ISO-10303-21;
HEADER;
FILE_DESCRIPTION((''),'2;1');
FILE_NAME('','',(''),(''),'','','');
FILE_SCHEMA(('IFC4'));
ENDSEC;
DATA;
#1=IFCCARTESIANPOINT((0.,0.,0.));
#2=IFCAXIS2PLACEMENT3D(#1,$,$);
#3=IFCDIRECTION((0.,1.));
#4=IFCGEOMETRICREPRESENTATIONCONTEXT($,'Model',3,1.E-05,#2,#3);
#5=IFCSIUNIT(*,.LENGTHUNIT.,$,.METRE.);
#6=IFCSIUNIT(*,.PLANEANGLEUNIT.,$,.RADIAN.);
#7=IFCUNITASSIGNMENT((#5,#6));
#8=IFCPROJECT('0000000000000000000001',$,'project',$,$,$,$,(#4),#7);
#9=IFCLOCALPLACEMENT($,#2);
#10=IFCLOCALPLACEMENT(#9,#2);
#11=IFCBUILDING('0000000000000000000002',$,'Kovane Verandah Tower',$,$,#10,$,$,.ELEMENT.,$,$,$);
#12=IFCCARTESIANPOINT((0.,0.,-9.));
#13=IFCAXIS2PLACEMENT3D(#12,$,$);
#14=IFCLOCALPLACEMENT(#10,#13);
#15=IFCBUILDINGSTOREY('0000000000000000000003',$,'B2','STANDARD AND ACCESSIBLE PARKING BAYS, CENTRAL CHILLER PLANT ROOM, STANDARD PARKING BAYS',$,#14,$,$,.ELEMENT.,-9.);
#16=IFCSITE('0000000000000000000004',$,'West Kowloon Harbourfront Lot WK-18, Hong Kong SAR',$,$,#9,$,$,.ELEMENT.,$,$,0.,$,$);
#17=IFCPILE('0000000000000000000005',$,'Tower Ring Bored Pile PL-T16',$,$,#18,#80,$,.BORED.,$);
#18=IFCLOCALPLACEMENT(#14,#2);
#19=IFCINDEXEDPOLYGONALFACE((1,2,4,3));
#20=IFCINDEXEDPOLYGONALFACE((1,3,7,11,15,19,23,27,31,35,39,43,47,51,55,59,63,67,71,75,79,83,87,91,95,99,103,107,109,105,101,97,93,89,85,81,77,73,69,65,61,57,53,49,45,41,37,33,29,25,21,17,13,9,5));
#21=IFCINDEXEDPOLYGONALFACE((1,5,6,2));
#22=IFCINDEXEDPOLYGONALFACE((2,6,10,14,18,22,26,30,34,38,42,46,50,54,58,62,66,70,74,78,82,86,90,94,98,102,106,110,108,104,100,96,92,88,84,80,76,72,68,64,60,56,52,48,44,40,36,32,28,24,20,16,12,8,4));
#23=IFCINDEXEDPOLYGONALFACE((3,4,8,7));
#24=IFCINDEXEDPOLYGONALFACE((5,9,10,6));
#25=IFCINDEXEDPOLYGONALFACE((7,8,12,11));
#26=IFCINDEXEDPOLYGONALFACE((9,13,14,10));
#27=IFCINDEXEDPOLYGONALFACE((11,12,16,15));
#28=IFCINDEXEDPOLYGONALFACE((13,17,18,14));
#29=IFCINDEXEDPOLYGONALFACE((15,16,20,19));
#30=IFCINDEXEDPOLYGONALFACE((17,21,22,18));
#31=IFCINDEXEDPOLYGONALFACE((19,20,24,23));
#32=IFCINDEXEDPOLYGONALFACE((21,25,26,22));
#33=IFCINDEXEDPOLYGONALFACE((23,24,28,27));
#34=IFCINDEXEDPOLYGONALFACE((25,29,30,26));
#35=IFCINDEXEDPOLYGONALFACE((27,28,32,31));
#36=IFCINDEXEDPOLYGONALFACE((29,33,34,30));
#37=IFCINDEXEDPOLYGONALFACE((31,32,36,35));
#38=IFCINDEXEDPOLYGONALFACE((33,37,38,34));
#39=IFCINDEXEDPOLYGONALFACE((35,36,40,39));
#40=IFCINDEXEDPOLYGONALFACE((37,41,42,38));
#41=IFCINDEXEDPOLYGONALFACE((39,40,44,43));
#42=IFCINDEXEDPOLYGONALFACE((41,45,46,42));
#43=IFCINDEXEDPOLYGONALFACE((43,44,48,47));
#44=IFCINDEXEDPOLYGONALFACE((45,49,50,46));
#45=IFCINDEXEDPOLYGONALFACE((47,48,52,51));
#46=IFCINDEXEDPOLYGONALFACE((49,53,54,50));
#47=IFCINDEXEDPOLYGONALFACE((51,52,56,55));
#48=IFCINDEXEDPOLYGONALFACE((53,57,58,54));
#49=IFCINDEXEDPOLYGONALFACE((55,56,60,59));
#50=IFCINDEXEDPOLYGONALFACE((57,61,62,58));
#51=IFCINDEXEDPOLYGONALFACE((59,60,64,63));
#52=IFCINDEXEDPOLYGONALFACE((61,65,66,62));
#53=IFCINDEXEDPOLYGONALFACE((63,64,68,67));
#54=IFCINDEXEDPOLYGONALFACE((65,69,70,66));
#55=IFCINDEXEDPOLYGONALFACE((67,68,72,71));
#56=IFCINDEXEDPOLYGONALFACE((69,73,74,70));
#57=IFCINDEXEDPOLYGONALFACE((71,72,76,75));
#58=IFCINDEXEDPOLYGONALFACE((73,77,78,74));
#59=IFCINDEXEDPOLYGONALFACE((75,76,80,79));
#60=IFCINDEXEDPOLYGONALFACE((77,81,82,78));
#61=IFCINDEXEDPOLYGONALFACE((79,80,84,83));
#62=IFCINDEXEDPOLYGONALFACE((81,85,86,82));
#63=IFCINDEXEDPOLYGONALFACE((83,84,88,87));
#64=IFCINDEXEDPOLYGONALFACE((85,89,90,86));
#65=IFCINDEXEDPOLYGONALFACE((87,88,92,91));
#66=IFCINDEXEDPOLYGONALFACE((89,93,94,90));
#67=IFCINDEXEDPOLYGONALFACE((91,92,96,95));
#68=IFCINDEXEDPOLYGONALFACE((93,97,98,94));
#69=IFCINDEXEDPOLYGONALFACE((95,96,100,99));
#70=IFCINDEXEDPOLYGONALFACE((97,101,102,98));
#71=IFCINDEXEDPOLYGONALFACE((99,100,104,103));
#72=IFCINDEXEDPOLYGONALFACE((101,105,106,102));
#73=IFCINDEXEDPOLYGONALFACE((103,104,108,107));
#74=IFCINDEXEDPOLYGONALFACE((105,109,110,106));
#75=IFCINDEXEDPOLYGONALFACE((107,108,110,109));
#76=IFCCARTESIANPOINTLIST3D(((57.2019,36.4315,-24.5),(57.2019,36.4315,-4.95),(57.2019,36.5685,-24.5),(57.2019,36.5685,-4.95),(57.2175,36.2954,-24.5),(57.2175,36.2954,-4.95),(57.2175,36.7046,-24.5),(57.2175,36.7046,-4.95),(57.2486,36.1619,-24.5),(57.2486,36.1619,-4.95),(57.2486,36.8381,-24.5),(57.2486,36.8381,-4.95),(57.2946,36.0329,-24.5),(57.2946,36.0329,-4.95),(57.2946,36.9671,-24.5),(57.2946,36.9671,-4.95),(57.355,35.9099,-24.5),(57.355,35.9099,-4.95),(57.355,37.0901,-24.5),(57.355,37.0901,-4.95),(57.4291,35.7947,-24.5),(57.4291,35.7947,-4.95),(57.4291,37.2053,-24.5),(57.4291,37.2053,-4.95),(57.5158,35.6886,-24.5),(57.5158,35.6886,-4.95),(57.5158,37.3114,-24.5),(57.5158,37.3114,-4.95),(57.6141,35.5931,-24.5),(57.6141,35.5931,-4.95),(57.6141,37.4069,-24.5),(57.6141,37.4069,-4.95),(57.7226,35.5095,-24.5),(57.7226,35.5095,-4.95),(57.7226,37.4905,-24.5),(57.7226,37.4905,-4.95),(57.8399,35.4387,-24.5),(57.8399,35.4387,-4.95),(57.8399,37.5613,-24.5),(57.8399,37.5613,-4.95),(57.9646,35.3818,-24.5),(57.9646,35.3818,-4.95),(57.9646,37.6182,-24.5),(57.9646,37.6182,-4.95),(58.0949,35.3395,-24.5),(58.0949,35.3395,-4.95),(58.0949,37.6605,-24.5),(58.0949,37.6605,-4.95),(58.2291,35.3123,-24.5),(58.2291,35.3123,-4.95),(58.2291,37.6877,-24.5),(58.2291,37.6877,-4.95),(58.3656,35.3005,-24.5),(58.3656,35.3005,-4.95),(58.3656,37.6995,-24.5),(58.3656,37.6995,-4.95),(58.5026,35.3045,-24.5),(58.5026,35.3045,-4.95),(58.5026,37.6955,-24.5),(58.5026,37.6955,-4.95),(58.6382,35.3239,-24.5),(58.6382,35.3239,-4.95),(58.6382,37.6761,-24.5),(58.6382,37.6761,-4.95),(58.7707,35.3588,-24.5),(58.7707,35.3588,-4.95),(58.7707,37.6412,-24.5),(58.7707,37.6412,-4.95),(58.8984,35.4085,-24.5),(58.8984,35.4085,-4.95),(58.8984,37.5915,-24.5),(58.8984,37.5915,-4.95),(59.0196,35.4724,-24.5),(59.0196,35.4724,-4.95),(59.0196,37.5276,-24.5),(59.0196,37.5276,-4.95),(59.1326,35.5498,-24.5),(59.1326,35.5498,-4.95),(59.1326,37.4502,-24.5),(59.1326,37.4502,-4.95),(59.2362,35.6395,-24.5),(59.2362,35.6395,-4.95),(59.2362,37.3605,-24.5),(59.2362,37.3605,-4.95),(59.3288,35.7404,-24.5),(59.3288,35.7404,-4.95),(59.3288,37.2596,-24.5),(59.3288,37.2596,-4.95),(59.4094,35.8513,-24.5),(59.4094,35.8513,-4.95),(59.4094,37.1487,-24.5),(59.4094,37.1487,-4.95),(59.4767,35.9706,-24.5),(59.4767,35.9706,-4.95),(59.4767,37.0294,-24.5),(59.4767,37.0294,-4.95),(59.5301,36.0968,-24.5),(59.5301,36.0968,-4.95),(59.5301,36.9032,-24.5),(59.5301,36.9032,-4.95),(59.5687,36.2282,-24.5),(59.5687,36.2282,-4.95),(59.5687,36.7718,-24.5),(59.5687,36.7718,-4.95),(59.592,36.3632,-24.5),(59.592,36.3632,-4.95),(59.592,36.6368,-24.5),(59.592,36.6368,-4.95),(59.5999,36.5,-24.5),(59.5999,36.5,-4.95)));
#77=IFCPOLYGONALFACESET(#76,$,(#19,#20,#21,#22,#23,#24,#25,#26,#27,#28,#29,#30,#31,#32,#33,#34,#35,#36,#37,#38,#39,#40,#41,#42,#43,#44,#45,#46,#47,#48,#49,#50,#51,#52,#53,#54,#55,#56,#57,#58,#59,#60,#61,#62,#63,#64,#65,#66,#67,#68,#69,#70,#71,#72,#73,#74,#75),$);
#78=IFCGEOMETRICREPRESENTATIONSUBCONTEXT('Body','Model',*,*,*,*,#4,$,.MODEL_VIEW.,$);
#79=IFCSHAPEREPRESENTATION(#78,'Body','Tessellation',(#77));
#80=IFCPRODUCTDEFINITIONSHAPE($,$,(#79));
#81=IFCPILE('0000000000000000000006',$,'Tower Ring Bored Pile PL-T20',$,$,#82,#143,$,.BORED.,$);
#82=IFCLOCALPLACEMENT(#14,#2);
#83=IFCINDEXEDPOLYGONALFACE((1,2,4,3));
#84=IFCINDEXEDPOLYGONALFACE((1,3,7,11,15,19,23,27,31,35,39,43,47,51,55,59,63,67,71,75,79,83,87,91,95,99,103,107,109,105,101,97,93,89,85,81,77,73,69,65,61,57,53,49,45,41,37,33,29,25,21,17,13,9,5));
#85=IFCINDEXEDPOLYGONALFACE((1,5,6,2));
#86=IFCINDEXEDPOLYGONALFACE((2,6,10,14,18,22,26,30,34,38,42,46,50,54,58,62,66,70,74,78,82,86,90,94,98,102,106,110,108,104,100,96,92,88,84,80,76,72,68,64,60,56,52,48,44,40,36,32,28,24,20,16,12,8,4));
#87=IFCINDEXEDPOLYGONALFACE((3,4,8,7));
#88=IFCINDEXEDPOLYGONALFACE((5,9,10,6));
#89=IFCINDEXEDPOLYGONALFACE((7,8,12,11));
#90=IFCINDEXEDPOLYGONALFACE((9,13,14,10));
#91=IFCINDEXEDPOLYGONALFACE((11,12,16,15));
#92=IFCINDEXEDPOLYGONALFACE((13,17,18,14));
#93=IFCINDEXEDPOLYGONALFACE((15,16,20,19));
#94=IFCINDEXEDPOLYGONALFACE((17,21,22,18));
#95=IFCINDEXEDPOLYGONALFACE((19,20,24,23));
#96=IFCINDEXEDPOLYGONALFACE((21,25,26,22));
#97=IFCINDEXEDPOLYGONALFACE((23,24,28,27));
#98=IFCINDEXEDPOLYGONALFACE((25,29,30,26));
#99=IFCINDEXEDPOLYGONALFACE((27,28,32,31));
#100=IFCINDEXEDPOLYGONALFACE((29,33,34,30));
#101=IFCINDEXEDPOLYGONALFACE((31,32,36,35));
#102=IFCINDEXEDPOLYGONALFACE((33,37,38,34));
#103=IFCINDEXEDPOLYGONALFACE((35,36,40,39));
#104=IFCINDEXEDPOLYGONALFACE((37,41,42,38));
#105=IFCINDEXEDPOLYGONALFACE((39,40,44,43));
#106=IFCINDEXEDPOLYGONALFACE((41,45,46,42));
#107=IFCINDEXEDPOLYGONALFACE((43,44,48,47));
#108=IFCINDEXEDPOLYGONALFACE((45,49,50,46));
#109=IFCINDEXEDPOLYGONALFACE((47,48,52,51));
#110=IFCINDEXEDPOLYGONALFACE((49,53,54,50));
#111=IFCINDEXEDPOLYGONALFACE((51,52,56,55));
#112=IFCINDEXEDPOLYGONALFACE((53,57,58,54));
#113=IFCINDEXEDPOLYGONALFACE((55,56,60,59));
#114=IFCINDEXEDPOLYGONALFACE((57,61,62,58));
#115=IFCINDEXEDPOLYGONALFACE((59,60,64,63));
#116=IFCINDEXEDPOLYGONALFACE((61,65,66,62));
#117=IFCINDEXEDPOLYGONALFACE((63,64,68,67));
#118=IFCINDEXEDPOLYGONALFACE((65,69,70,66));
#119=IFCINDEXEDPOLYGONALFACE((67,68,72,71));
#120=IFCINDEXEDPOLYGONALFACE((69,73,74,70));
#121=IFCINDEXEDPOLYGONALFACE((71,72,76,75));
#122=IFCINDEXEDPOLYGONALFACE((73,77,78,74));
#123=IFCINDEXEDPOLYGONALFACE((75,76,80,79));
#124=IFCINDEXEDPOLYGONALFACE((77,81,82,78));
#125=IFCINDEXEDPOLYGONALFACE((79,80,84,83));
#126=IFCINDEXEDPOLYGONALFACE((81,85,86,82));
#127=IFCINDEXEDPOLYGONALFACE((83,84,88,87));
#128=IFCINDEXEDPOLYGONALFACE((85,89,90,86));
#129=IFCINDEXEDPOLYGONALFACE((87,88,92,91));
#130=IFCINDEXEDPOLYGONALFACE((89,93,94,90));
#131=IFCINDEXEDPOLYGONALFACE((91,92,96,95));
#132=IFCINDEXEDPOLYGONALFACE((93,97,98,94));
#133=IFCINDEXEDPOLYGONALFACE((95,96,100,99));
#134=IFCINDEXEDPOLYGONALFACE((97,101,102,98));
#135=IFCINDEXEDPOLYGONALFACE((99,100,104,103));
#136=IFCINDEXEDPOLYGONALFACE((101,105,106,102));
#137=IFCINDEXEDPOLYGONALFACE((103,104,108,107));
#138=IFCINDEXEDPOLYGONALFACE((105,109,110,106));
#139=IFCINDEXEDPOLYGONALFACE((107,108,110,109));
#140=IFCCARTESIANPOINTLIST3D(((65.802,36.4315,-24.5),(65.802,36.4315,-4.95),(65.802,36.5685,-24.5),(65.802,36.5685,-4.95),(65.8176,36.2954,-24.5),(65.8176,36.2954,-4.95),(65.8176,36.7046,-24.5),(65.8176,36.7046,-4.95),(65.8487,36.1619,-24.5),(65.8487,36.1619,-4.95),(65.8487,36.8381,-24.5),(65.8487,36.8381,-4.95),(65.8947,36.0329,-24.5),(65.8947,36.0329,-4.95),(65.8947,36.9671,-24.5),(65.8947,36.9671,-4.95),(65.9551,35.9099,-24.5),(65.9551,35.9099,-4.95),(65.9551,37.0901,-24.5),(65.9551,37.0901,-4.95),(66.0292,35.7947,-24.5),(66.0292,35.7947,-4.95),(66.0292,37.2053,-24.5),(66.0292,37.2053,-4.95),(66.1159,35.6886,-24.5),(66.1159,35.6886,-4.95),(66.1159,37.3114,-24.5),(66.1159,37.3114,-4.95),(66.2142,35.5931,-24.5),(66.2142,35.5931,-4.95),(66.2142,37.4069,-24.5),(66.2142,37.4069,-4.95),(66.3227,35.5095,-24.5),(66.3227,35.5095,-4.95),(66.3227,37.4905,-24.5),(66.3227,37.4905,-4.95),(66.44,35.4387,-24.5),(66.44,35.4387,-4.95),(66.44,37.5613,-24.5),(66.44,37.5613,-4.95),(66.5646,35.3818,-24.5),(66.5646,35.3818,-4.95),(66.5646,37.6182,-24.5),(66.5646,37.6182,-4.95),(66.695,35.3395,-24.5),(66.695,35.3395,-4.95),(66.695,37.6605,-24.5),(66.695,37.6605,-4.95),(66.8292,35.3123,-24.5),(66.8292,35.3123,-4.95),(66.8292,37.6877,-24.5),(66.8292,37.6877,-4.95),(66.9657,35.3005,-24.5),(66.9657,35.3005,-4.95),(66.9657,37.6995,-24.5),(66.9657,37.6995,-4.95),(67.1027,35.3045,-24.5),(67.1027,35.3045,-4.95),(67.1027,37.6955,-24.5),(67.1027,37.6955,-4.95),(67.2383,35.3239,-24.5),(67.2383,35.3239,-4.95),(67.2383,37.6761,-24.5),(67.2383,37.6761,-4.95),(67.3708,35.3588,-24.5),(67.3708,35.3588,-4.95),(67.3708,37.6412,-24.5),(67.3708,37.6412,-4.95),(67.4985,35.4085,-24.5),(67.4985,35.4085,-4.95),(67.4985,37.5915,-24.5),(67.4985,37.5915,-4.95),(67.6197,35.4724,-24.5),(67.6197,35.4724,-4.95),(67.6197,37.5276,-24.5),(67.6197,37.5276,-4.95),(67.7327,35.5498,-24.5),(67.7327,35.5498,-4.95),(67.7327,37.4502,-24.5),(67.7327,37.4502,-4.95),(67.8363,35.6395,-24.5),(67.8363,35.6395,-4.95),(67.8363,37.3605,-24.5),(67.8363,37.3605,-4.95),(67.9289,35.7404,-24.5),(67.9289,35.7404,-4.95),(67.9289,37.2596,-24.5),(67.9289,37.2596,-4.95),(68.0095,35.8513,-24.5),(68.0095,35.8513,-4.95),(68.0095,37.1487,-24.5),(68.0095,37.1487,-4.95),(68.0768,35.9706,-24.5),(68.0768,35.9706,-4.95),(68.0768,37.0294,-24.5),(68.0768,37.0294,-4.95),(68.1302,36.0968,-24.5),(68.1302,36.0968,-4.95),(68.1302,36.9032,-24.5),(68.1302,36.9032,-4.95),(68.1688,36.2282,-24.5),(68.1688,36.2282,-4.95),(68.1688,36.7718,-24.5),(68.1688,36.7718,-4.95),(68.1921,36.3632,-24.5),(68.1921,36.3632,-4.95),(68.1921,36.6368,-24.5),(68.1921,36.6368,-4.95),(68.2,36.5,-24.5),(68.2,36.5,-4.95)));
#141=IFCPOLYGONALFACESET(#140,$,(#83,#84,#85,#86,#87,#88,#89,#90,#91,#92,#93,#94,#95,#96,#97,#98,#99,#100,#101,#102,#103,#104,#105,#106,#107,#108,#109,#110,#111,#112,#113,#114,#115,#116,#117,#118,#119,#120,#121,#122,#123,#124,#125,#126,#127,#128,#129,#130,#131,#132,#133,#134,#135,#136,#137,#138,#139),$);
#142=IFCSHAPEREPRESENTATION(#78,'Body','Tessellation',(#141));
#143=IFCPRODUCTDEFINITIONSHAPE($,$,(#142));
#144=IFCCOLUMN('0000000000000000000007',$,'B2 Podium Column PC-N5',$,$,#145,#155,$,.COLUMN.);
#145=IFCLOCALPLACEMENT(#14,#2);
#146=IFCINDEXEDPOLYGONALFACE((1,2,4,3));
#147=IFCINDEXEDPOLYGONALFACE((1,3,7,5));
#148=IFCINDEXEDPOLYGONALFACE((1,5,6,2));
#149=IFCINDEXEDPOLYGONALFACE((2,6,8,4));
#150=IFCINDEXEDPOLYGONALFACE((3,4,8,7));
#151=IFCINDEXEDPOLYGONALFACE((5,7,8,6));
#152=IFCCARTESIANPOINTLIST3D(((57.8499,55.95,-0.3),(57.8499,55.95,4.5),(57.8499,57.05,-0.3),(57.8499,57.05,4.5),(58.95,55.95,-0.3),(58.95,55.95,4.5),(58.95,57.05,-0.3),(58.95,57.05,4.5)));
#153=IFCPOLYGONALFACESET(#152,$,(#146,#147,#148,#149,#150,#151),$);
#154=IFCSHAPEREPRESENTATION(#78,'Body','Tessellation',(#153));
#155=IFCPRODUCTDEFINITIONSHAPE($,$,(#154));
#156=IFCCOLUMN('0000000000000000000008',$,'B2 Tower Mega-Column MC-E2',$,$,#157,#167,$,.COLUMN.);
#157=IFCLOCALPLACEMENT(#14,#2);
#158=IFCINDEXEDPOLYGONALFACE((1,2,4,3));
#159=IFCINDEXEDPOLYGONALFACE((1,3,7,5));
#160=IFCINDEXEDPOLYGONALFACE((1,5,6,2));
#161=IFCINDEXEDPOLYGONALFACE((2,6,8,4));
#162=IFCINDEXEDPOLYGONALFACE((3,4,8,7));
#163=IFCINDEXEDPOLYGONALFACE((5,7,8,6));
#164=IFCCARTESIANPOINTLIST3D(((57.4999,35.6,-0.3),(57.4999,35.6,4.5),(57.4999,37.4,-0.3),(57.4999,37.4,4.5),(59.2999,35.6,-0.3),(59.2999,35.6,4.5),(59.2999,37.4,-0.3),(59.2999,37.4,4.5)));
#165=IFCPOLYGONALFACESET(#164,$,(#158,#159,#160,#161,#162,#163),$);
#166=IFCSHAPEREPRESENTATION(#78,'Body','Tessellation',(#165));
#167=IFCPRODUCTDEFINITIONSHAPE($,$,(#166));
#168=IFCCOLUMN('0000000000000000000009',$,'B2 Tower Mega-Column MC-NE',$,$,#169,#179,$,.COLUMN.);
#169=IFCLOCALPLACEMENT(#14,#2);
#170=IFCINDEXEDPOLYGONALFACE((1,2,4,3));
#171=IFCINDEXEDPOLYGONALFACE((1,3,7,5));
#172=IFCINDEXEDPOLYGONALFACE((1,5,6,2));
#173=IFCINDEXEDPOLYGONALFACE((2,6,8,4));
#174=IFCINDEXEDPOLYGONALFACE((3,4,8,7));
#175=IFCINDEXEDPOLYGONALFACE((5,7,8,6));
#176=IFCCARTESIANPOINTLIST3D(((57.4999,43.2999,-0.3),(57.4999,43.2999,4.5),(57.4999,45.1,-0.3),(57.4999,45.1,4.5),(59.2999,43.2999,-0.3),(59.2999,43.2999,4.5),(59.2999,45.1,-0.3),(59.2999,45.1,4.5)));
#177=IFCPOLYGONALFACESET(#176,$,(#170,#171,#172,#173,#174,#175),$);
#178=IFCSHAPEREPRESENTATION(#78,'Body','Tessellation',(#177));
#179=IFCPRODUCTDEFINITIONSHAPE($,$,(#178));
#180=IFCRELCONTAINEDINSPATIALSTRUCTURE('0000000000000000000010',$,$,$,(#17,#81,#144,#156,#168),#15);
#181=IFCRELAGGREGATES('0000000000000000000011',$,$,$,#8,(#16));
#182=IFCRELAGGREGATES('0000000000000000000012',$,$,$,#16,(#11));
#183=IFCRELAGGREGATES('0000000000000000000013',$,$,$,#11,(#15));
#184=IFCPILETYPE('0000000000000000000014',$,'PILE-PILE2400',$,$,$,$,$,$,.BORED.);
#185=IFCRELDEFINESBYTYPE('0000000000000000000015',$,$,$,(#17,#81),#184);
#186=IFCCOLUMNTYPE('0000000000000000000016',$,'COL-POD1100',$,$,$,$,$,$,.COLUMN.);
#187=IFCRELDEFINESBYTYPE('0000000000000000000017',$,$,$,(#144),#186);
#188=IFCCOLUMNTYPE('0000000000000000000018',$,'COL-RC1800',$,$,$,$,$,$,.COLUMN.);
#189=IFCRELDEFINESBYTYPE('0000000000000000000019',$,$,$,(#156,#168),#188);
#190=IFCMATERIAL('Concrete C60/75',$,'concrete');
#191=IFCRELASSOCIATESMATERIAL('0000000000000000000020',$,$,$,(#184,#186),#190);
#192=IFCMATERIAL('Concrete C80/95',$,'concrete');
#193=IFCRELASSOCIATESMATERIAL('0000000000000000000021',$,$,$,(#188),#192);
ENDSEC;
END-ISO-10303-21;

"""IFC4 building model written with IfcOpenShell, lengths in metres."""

from ifc_helpers import new_model, si_unit, direction, frame, origin, origin_2d, place, context, subcontext, project, spatial, rectangle, circle, extrude, material, material_profile, profile_set, type_object, element, save


model = new_model("IFC4")

# Units and contexts
model_context = context("Model", 3, precision=1e-05, world=origin(), true_north=direction((0.0, 1.0)))
body_context = subcontext(model_context, "Body", "Model", "MODEL_VIEW")
ifc_project = project(units=[si_unit("LENGTHUNIT", "METRE"), si_unit("PLANEANGLEUNIT", "RADIAN")], contexts=[model_context])

# Site, building, storey
site_placement = place(None, origin())
site = spatial("IfcSite", under=ifc_project, at=site_placement, Name="West Kowloon Harbourfront Lot WK-18, Hong Kong SAR", CompositionType="ELEMENT", RefElevation=0.0)
building_placement = place(site_placement, origin())
building = spatial("IfcBuilding", under=site, at=building_placement, Name="Kovane Verandah Tower", CompositionType="ELEMENT")
storey_placement = place(building_placement, frame((0.0, 0.0, -9.0)))
storey = spatial("IfcBuildingStorey", under=building, at=storey_placement, Name="B2", Description="STANDARD AND ACCESSIBLE PARKING BAYS, CENTRAL CHILLER PLANT ROOM, STANDARD PARKING BAYS", CompositionType="ELEMENT", Elevation=-9.0)

# Shared definitions
ifc_material_1 = material(Name="Concrete C60/75", Category="concrete")

# Piles
ifc_material_profile_1 = material_profile(ifc_material_1, circle(Radius=1.2, at=origin_2d()), Name="PILE2400")
ifc_profile_set_1 = profile_set([ifc_material_profile_1], Name="Concrete C60/75")
pile_type_1 = type_object("IfcPileType", Name="PILE-PILE2400", PredefinedType="BORED", material=ifc_profile_set_1)
for number, where, z_axis, x_axis, name in (
    (1, (58.3999, 36.5, -4.95), (0.0, 0.0, -1.0), (1.0, 0.0, 0.0), "Tower Ring Bored Pile PL-T16"),
    (2, (67.0, 36.5, -4.95), (0.0, 0.0, -1.0), (1.0, 0.0, 0.0), "Tower Ring Bored Pile PL-T20"),
):
    element("IfcPile", number, at=place(storey_placement, frame(where, z_axis=z_axis, x_axis=x_axis)), inside=storey, type_object=pile_type_1, Name=name, PredefinedType="BORED", context=body_context, shape_type="SweptSolid", body=[
        extrude(circle(Radius=1.2, at=origin_2d()), origin(), (0.0, 0.0, 1.0), 19.55),
    ])

# Columns
ifc_material_profile_2 = material_profile(ifc_material_1, rectangle(XDim=1.1001, YDim=1.1001, at=origin_2d()), Name="RC1100x1100")
ifc_profile_set_2 = profile_set([ifc_material_profile_2], Name="Concrete C60/75")
column_type_1 = type_object("IfcColumnType", Name="COL-POD1100", PredefinedType="COLUMN", material=ifc_profile_set_2)
column_1_placement = place(storey_placement, frame((58.3999, 56.5, -0.3), z_axis=(0.0, 0.0, 1.0), x_axis=(1.0, 0.0, 0.0)))
element("IfcColumn", 3, at=column_1_placement, inside=storey, type_object=column_type_1, Name="B2 Podium Column PC-N5", PredefinedType="COLUMN", context=body_context, shape_type="SweptSolid", body=[
    extrude(rectangle(XDim=1.1001, YDim=1.1001, at=origin_2d()), origin(), (0.0, 0.0, 1.0), 4.8),
])
ifc_material_2 = material(Name="Concrete C80/95", Category="concrete")
ifc_material_profile_3 = material_profile(ifc_material_2, rectangle(XDim=1.8, YDim=1.8, at=origin_2d()), Name="RC1800x1800")
ifc_profile_set_3 = profile_set([ifc_material_profile_3], Name="Concrete C80/95")
column_type_2 = type_object("IfcColumnType", Name="COL-RC1800", PredefinedType="COLUMN", material=ifc_profile_set_3)
for number, where, z_axis, x_axis, name in (
    (4, (58.3999, 36.5, -0.3), (0.0, 0.0, 1.0), (1.0, 0.0, 0.0), "B2 Tower Mega-Column MC-E2"),
    (5, (58.3999, 44.2, -0.3), (0.0, 0.0, 1.0), (1.0, 0.0, 0.0), "B2 Tower Mega-Column MC-NE"),
):
    element("IfcColumn", number, at=place(storey_placement, frame(where, z_axis=z_axis, x_axis=x_axis)), inside=storey, type_object=column_type_2, Name=name, PredefinedType="COLUMN", context=body_context, shape_type="SweptSolid", body=[
        extrude(rectangle(XDim=1.8, YDim=1.8, at=origin_2d()), origin(), (0.0, 0.0, 1.0), 4.8),
    ])

save(model, "model.ifc")
